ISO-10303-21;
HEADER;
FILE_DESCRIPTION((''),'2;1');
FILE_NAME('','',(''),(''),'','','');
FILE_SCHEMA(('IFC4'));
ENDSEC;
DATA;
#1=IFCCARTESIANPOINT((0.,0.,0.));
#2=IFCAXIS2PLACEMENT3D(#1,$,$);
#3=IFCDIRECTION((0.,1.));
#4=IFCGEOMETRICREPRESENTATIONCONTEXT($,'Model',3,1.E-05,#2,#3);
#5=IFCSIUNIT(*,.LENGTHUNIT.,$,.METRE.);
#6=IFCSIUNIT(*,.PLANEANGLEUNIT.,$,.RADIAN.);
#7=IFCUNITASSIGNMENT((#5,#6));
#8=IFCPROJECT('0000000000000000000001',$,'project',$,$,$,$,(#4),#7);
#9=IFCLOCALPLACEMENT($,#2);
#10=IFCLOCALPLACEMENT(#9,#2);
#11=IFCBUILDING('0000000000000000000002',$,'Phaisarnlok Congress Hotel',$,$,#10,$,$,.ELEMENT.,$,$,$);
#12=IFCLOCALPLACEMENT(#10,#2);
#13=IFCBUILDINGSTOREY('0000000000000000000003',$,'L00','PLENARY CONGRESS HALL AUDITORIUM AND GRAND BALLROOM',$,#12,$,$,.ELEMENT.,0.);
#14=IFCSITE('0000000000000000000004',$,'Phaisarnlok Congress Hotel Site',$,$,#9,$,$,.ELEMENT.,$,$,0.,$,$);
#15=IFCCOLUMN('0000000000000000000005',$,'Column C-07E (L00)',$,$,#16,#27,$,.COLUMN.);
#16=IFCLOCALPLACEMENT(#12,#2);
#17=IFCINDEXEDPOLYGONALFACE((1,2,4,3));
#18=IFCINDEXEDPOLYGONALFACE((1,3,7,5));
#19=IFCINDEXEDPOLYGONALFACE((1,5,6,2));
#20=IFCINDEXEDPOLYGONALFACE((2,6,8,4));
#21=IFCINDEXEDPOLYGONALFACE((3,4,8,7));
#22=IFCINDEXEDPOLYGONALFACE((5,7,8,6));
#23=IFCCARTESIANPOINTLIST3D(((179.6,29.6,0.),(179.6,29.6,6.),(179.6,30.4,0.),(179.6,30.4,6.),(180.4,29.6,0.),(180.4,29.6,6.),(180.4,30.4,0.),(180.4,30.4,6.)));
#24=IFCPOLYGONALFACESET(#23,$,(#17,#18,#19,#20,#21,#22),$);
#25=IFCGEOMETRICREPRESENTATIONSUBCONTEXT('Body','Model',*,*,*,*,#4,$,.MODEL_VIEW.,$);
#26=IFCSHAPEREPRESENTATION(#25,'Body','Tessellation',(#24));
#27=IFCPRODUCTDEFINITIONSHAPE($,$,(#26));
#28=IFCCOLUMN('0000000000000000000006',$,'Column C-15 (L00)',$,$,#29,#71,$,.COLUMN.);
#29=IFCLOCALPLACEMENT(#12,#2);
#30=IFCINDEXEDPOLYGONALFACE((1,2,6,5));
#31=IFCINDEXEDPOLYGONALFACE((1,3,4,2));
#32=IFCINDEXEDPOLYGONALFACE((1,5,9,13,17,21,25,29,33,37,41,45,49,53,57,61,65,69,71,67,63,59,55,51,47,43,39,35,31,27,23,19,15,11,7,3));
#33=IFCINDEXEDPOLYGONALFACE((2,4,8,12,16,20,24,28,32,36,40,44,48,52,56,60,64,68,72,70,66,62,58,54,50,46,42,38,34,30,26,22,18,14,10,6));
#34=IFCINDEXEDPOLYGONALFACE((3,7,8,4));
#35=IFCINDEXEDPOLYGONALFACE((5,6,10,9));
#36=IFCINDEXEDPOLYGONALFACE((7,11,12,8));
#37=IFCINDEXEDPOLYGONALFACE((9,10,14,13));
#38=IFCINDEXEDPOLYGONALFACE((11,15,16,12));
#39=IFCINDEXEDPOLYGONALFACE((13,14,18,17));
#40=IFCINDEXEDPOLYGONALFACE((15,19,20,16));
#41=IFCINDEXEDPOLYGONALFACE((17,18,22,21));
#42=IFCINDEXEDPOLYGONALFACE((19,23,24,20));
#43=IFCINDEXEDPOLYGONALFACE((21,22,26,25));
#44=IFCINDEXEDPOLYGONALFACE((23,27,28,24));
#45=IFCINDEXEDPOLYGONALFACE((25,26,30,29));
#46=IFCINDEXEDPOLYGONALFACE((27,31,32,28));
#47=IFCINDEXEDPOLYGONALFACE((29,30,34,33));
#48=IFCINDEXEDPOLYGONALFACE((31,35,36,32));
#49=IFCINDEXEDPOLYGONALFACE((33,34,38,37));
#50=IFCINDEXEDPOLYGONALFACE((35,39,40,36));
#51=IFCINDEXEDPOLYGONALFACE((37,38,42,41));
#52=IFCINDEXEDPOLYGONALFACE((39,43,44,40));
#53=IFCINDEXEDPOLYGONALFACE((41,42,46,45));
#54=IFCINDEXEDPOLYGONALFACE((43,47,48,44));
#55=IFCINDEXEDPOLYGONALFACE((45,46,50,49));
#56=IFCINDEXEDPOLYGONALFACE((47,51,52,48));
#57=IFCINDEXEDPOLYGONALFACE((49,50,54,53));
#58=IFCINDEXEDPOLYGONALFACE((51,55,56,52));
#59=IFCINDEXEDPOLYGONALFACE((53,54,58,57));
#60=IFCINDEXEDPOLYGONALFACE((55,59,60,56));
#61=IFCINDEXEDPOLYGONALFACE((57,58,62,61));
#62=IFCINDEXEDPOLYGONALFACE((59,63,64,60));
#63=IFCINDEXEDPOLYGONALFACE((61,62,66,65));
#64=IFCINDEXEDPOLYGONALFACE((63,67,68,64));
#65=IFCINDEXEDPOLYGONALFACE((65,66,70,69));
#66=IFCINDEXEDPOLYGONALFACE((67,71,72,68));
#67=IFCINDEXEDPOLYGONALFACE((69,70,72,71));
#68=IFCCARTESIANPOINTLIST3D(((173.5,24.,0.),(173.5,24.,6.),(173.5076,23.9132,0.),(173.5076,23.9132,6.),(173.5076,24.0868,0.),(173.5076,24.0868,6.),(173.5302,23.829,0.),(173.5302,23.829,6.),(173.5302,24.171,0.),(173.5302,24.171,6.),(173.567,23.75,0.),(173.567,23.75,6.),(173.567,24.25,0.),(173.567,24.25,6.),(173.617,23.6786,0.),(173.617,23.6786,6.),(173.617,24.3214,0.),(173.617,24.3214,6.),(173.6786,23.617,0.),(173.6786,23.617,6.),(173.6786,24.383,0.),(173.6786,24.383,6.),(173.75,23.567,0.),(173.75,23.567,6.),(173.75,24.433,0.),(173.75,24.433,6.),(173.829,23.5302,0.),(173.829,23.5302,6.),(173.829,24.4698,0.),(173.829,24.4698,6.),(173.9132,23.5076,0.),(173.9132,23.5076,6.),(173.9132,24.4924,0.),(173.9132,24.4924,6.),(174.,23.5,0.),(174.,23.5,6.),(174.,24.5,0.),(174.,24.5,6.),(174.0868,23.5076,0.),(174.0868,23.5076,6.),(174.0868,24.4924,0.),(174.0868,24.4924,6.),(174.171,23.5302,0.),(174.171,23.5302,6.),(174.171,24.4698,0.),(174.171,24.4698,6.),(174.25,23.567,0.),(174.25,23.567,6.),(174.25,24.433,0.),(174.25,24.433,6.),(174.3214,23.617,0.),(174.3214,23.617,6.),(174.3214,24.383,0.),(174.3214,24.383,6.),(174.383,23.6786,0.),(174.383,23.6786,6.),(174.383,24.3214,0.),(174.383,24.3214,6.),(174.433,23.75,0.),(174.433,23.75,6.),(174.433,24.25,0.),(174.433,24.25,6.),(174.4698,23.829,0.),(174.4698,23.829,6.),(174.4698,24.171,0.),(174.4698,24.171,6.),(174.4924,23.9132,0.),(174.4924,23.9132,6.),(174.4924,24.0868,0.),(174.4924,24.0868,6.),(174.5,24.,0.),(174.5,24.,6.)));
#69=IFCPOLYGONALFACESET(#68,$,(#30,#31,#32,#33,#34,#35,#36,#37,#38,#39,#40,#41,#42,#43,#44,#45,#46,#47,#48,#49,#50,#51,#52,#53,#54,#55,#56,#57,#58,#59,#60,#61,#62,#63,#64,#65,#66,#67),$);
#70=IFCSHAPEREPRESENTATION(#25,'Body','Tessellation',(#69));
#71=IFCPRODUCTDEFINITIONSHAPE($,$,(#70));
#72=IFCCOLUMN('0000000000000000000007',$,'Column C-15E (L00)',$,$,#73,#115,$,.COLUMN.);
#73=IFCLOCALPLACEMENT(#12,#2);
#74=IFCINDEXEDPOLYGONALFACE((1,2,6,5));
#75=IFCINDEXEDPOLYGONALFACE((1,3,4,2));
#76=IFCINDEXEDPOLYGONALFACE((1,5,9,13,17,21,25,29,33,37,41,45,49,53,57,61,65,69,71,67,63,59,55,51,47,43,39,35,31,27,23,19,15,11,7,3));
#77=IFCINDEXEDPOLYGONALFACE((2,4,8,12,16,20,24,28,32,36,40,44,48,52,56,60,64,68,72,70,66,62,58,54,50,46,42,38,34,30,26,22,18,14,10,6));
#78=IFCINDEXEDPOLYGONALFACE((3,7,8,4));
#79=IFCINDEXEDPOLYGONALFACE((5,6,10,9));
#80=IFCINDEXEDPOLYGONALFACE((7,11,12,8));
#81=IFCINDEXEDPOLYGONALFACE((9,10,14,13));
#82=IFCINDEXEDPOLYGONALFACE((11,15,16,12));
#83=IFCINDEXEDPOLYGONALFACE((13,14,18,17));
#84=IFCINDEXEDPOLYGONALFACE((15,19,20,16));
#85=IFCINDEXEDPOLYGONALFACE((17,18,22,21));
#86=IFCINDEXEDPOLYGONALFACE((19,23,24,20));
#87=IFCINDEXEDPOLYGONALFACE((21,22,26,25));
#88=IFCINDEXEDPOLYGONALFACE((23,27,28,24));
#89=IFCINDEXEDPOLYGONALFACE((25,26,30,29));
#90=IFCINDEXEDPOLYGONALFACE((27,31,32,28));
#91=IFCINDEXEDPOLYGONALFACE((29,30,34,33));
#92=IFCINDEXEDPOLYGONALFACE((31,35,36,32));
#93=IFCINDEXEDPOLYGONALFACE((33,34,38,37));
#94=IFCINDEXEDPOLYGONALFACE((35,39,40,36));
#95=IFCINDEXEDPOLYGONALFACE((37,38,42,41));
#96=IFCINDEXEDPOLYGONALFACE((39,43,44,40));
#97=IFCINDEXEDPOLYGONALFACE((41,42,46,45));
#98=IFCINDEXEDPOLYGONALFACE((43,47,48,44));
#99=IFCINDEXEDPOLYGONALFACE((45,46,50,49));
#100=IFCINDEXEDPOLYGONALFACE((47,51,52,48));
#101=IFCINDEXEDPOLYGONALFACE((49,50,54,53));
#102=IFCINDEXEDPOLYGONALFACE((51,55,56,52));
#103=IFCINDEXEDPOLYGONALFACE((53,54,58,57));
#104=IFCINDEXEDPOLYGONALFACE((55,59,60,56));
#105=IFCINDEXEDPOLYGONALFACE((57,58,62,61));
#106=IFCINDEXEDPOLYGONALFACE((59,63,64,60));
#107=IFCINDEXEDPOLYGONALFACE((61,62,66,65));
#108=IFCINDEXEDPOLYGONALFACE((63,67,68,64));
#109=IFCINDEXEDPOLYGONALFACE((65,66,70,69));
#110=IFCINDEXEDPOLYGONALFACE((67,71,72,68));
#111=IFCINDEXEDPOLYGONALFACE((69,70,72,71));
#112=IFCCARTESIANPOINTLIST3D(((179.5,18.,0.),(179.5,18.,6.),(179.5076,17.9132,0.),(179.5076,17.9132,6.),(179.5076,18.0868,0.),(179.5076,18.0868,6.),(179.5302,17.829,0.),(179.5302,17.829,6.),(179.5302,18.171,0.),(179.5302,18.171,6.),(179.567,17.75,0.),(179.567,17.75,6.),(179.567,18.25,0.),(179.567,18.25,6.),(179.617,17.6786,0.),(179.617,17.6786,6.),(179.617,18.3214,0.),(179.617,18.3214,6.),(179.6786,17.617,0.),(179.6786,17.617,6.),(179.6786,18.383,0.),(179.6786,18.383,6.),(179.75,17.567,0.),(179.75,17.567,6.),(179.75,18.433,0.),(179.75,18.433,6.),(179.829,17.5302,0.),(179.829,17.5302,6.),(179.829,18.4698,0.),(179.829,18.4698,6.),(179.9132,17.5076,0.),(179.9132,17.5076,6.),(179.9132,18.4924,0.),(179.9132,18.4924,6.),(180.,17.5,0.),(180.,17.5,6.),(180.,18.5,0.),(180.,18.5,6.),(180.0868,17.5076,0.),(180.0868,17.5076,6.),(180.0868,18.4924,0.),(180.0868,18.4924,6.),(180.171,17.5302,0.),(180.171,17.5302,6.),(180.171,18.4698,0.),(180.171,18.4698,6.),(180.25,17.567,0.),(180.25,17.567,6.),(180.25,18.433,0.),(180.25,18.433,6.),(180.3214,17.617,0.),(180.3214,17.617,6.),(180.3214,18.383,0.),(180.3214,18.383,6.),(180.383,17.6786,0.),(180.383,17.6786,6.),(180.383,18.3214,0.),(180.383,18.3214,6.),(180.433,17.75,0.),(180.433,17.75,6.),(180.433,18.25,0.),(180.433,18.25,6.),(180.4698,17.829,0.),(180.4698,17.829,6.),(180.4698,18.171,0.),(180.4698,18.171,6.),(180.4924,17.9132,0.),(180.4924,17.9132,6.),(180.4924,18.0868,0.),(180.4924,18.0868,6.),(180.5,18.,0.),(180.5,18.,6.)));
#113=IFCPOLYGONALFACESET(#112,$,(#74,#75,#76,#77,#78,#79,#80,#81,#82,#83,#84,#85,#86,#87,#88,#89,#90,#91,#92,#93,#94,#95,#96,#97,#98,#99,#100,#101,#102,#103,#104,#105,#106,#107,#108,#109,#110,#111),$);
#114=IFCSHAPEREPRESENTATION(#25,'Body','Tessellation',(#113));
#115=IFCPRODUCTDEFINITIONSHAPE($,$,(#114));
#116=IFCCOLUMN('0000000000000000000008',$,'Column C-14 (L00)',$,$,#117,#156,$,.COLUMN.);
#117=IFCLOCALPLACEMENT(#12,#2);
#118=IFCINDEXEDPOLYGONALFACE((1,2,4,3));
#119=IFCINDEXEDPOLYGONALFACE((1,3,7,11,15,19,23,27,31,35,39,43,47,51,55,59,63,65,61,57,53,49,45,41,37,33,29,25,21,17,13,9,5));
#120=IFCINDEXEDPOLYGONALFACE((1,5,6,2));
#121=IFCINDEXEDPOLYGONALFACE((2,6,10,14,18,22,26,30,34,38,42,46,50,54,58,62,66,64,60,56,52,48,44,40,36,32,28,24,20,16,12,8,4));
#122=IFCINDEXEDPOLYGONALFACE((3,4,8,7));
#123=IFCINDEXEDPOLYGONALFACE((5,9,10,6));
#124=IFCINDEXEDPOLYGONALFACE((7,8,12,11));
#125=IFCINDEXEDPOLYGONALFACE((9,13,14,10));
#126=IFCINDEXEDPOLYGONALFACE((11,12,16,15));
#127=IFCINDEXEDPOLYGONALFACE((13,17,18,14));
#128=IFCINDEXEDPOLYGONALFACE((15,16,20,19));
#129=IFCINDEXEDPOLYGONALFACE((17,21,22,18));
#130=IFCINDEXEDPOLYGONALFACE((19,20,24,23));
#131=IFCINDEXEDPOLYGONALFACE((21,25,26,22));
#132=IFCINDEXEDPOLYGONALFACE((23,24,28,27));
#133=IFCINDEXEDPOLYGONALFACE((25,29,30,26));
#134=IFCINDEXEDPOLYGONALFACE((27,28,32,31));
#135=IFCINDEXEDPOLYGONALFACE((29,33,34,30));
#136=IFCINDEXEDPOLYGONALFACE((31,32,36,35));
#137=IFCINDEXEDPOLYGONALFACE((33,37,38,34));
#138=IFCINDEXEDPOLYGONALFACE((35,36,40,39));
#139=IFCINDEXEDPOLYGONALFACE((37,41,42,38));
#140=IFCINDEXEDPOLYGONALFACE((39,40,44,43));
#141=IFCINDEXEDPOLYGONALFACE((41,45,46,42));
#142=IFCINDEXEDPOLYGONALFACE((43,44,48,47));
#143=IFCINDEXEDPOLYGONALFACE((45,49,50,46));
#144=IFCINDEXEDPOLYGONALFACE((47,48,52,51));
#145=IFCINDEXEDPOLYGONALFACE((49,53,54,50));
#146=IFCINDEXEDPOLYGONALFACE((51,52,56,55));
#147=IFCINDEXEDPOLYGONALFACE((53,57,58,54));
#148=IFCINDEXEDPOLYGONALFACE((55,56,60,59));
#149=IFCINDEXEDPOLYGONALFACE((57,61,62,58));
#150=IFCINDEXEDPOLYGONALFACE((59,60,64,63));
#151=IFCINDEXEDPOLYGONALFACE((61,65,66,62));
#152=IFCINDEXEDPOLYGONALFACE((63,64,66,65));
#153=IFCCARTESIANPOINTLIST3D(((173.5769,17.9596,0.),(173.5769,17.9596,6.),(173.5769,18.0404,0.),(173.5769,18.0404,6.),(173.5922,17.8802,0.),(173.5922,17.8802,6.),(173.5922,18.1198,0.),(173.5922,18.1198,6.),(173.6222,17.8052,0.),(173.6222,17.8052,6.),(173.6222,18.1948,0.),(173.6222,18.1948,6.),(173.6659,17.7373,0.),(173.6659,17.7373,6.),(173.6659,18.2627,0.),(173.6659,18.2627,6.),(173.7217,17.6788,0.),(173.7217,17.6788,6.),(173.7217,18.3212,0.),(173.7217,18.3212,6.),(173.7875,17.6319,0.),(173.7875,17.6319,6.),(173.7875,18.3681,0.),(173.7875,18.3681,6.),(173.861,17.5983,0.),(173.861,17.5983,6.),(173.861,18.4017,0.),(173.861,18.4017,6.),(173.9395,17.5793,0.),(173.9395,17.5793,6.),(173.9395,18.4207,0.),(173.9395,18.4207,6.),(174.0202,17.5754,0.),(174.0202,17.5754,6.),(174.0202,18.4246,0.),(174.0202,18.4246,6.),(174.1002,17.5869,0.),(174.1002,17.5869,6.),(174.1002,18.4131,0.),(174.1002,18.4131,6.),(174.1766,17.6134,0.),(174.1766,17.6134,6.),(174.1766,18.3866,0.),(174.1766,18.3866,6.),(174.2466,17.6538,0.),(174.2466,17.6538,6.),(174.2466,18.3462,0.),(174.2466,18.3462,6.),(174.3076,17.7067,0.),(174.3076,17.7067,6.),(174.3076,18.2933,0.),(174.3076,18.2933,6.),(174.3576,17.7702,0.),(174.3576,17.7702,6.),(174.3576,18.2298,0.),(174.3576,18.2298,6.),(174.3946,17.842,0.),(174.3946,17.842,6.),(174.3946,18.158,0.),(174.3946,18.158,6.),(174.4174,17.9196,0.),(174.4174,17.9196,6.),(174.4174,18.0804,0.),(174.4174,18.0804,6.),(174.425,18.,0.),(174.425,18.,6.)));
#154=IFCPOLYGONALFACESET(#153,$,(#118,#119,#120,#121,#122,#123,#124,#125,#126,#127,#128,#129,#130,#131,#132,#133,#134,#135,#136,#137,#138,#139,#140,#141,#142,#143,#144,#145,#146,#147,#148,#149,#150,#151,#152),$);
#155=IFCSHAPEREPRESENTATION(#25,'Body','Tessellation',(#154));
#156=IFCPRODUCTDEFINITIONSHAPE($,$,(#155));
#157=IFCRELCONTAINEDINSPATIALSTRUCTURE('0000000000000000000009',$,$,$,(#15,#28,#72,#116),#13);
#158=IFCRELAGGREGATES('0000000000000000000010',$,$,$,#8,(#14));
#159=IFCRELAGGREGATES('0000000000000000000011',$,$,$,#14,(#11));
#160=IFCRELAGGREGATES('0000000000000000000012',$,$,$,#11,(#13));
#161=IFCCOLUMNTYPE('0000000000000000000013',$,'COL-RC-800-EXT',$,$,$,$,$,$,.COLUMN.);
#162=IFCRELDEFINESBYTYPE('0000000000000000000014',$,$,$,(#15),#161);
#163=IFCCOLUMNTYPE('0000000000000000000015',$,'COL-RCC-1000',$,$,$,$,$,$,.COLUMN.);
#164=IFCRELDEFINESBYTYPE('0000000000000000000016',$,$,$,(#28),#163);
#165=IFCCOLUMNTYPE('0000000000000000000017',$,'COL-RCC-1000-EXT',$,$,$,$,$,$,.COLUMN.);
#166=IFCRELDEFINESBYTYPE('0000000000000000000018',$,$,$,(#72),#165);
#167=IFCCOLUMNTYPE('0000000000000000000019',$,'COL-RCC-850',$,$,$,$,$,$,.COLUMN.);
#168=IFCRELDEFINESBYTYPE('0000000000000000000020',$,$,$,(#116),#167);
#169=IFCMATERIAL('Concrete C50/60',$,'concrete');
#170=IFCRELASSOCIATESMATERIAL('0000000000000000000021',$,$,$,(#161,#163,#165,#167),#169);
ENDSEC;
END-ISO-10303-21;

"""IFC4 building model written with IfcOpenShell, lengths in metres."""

from ifc_helpers import new_model, si_unit, direction, frame, origin, origin_2d, place, context, subcontext, project, spatial, rectangle, circle, extrude, material, material_profile, profile_set, type_object, element, save


model = new_model("IFC4")

# Units and contexts
model_context = context("Model", 3, precision=1e-05, world=origin(), true_north=direction((0.0, 1.0)))
body_context = subcontext(model_context, "Body", "Model", "MODEL_VIEW")
ifc_project = project(units=[si_unit("LENGTHUNIT", "METRE"), si_unit("PLANEANGLEUNIT", "RADIAN")], contexts=[model_context])

# Site, building, storey
site_placement = place(None, origin())
site = spatial("IfcSite", under=ifc_project, at=site_placement, Name="Phaisarnlok Congress Hotel Site", CompositionType="ELEMENT", RefElevation=0.0)
building_placement = place(site_placement, origin())
building = spatial("IfcBuilding", under=site, at=building_placement, Name="Phaisarnlok Congress Hotel", CompositionType="ELEMENT")
storey_placement = place(building_placement, origin())
storey = spatial("IfcBuildingStorey", under=building, at=storey_placement, Name="L00", Description="PLENARY CONGRESS HALL AUDITORIUM AND GRAND BALLROOM", CompositionType="ELEMENT", Elevation=0.0)

# Columns
ifc_material_1 = material(Name="Concrete C50/60", Category="concrete")
ifc_material_profile_1 = material_profile(ifc_material_1, rectangle(XDim=0.8, YDim=0.8, at=origin_2d()), Name="RC 800x800")
ifc_profile_set_1 = profile_set([ifc_material_profile_1], Name="Concrete C50/60")
column_type_1 = type_object("IfcColumnType", Name="COL-RC-800-EXT", PredefinedType="COLUMN", material=ifc_profile_set_1)
column_1_placement = place(storey_placement, frame((180.0, 30.0, 0.0), z_axis=(0.0, 0.0, 1.0), x_axis=(1.0, 0.0, 0.0)))
element("IfcColumn", 1, at=column_1_placement, inside=storey, type_object=column_type_1, Name="Column C-07E (L00)", PredefinedType="COLUMN", context=body_context, shape_type="SweptSolid", body=[
    extrude(rectangle(XDim=0.8, YDim=0.8, at=origin_2d()), origin(), (0.0, 0.0, 1.0), 6.0),
])
ifc_material_profile_2 = material_profile(ifc_material_1, circle(Radius=0.5, at=origin_2d()), Name="RCC D1000")
ifc_profile_set_2 = profile_set([ifc_material_profile_2], Name="Concrete C50/60")
column_type_2 = type_object("IfcColumnType", Name="COL-RCC-1000", PredefinedType="COLUMN", material=ifc_profile_set_2)
column_2_placement = place(storey_placement, frame((174.0, 24.0, 0.0), z_axis=(0.0, 0.0, 1.0), x_axis=(1.0, 0.0, 0.0)))
element("IfcColumn", 2, at=column_2_placement, inside=storey, type_object=column_type_2, Name="Column C-15 (L00)", PredefinedType="COLUMN", context=body_context, shape_type="SweptSolid", body=[
    extrude(circle(Radius=0.5, at=origin_2d()), origin(), (0.0, 0.0, 1.0), 6.0),
])
ifc_material_profile_3 = material_profile(ifc_material_1, circle(Radius=0.5, at=origin_2d()), Name="RCC D1000")
ifc_profile_set_3 = profile_set([ifc_material_profile_3], Name="Concrete C50/60")
column_type_3 = type_object("IfcColumnType", Name="COL-RCC-1000-EXT", PredefinedType="COLUMN", material=ifc_profile_set_3)
column_3_placement = place(storey_placement, frame((180.0, 18.0, 0.0), z_axis=(0.0, 0.0, 1.0), x_axis=(1.0, 0.0, 0.0)))
element("IfcColumn", 3, at=column_3_placement, inside=storey, type_object=column_type_3, Name="Column C-15E (L00)", PredefinedType="COLUMN", context=body_context, shape_type="SweptSolid", body=[
    extrude(circle(Radius=0.5, at=origin_2d()), origin(), (0.0, 0.0, 1.0), 6.0),
])
ifc_material_profile_4 = material_profile(ifc_material_1, circle(Radius=0.425, at=origin_2d()), Name="RCC D850")
ifc_profile_set_4 = profile_set([ifc_material_profile_4], Name="Concrete C50/60")
column_type_4 = type_object("IfcColumnType", Name="COL-RCC-850", PredefinedType="COLUMN", material=ifc_profile_set_4)
column_4_placement = place(storey_placement, frame((174.0, 18.0, 0.0), z_axis=(0.0, 0.0, 1.0), x_axis=(1.0, 0.0, 0.0)))
element("IfcColumn", 4, at=column_4_placement, inside=storey, type_object=column_type_4, Name="Column C-14 (L00)", PredefinedType="COLUMN", context=body_context, shape_type="SweptSolid", body=[
    extrude(circle(Radius=0.425, at=origin_2d()), origin(), (0.0, 0.0, 1.0), 6.0),
])

save(model, "model.ifc")
